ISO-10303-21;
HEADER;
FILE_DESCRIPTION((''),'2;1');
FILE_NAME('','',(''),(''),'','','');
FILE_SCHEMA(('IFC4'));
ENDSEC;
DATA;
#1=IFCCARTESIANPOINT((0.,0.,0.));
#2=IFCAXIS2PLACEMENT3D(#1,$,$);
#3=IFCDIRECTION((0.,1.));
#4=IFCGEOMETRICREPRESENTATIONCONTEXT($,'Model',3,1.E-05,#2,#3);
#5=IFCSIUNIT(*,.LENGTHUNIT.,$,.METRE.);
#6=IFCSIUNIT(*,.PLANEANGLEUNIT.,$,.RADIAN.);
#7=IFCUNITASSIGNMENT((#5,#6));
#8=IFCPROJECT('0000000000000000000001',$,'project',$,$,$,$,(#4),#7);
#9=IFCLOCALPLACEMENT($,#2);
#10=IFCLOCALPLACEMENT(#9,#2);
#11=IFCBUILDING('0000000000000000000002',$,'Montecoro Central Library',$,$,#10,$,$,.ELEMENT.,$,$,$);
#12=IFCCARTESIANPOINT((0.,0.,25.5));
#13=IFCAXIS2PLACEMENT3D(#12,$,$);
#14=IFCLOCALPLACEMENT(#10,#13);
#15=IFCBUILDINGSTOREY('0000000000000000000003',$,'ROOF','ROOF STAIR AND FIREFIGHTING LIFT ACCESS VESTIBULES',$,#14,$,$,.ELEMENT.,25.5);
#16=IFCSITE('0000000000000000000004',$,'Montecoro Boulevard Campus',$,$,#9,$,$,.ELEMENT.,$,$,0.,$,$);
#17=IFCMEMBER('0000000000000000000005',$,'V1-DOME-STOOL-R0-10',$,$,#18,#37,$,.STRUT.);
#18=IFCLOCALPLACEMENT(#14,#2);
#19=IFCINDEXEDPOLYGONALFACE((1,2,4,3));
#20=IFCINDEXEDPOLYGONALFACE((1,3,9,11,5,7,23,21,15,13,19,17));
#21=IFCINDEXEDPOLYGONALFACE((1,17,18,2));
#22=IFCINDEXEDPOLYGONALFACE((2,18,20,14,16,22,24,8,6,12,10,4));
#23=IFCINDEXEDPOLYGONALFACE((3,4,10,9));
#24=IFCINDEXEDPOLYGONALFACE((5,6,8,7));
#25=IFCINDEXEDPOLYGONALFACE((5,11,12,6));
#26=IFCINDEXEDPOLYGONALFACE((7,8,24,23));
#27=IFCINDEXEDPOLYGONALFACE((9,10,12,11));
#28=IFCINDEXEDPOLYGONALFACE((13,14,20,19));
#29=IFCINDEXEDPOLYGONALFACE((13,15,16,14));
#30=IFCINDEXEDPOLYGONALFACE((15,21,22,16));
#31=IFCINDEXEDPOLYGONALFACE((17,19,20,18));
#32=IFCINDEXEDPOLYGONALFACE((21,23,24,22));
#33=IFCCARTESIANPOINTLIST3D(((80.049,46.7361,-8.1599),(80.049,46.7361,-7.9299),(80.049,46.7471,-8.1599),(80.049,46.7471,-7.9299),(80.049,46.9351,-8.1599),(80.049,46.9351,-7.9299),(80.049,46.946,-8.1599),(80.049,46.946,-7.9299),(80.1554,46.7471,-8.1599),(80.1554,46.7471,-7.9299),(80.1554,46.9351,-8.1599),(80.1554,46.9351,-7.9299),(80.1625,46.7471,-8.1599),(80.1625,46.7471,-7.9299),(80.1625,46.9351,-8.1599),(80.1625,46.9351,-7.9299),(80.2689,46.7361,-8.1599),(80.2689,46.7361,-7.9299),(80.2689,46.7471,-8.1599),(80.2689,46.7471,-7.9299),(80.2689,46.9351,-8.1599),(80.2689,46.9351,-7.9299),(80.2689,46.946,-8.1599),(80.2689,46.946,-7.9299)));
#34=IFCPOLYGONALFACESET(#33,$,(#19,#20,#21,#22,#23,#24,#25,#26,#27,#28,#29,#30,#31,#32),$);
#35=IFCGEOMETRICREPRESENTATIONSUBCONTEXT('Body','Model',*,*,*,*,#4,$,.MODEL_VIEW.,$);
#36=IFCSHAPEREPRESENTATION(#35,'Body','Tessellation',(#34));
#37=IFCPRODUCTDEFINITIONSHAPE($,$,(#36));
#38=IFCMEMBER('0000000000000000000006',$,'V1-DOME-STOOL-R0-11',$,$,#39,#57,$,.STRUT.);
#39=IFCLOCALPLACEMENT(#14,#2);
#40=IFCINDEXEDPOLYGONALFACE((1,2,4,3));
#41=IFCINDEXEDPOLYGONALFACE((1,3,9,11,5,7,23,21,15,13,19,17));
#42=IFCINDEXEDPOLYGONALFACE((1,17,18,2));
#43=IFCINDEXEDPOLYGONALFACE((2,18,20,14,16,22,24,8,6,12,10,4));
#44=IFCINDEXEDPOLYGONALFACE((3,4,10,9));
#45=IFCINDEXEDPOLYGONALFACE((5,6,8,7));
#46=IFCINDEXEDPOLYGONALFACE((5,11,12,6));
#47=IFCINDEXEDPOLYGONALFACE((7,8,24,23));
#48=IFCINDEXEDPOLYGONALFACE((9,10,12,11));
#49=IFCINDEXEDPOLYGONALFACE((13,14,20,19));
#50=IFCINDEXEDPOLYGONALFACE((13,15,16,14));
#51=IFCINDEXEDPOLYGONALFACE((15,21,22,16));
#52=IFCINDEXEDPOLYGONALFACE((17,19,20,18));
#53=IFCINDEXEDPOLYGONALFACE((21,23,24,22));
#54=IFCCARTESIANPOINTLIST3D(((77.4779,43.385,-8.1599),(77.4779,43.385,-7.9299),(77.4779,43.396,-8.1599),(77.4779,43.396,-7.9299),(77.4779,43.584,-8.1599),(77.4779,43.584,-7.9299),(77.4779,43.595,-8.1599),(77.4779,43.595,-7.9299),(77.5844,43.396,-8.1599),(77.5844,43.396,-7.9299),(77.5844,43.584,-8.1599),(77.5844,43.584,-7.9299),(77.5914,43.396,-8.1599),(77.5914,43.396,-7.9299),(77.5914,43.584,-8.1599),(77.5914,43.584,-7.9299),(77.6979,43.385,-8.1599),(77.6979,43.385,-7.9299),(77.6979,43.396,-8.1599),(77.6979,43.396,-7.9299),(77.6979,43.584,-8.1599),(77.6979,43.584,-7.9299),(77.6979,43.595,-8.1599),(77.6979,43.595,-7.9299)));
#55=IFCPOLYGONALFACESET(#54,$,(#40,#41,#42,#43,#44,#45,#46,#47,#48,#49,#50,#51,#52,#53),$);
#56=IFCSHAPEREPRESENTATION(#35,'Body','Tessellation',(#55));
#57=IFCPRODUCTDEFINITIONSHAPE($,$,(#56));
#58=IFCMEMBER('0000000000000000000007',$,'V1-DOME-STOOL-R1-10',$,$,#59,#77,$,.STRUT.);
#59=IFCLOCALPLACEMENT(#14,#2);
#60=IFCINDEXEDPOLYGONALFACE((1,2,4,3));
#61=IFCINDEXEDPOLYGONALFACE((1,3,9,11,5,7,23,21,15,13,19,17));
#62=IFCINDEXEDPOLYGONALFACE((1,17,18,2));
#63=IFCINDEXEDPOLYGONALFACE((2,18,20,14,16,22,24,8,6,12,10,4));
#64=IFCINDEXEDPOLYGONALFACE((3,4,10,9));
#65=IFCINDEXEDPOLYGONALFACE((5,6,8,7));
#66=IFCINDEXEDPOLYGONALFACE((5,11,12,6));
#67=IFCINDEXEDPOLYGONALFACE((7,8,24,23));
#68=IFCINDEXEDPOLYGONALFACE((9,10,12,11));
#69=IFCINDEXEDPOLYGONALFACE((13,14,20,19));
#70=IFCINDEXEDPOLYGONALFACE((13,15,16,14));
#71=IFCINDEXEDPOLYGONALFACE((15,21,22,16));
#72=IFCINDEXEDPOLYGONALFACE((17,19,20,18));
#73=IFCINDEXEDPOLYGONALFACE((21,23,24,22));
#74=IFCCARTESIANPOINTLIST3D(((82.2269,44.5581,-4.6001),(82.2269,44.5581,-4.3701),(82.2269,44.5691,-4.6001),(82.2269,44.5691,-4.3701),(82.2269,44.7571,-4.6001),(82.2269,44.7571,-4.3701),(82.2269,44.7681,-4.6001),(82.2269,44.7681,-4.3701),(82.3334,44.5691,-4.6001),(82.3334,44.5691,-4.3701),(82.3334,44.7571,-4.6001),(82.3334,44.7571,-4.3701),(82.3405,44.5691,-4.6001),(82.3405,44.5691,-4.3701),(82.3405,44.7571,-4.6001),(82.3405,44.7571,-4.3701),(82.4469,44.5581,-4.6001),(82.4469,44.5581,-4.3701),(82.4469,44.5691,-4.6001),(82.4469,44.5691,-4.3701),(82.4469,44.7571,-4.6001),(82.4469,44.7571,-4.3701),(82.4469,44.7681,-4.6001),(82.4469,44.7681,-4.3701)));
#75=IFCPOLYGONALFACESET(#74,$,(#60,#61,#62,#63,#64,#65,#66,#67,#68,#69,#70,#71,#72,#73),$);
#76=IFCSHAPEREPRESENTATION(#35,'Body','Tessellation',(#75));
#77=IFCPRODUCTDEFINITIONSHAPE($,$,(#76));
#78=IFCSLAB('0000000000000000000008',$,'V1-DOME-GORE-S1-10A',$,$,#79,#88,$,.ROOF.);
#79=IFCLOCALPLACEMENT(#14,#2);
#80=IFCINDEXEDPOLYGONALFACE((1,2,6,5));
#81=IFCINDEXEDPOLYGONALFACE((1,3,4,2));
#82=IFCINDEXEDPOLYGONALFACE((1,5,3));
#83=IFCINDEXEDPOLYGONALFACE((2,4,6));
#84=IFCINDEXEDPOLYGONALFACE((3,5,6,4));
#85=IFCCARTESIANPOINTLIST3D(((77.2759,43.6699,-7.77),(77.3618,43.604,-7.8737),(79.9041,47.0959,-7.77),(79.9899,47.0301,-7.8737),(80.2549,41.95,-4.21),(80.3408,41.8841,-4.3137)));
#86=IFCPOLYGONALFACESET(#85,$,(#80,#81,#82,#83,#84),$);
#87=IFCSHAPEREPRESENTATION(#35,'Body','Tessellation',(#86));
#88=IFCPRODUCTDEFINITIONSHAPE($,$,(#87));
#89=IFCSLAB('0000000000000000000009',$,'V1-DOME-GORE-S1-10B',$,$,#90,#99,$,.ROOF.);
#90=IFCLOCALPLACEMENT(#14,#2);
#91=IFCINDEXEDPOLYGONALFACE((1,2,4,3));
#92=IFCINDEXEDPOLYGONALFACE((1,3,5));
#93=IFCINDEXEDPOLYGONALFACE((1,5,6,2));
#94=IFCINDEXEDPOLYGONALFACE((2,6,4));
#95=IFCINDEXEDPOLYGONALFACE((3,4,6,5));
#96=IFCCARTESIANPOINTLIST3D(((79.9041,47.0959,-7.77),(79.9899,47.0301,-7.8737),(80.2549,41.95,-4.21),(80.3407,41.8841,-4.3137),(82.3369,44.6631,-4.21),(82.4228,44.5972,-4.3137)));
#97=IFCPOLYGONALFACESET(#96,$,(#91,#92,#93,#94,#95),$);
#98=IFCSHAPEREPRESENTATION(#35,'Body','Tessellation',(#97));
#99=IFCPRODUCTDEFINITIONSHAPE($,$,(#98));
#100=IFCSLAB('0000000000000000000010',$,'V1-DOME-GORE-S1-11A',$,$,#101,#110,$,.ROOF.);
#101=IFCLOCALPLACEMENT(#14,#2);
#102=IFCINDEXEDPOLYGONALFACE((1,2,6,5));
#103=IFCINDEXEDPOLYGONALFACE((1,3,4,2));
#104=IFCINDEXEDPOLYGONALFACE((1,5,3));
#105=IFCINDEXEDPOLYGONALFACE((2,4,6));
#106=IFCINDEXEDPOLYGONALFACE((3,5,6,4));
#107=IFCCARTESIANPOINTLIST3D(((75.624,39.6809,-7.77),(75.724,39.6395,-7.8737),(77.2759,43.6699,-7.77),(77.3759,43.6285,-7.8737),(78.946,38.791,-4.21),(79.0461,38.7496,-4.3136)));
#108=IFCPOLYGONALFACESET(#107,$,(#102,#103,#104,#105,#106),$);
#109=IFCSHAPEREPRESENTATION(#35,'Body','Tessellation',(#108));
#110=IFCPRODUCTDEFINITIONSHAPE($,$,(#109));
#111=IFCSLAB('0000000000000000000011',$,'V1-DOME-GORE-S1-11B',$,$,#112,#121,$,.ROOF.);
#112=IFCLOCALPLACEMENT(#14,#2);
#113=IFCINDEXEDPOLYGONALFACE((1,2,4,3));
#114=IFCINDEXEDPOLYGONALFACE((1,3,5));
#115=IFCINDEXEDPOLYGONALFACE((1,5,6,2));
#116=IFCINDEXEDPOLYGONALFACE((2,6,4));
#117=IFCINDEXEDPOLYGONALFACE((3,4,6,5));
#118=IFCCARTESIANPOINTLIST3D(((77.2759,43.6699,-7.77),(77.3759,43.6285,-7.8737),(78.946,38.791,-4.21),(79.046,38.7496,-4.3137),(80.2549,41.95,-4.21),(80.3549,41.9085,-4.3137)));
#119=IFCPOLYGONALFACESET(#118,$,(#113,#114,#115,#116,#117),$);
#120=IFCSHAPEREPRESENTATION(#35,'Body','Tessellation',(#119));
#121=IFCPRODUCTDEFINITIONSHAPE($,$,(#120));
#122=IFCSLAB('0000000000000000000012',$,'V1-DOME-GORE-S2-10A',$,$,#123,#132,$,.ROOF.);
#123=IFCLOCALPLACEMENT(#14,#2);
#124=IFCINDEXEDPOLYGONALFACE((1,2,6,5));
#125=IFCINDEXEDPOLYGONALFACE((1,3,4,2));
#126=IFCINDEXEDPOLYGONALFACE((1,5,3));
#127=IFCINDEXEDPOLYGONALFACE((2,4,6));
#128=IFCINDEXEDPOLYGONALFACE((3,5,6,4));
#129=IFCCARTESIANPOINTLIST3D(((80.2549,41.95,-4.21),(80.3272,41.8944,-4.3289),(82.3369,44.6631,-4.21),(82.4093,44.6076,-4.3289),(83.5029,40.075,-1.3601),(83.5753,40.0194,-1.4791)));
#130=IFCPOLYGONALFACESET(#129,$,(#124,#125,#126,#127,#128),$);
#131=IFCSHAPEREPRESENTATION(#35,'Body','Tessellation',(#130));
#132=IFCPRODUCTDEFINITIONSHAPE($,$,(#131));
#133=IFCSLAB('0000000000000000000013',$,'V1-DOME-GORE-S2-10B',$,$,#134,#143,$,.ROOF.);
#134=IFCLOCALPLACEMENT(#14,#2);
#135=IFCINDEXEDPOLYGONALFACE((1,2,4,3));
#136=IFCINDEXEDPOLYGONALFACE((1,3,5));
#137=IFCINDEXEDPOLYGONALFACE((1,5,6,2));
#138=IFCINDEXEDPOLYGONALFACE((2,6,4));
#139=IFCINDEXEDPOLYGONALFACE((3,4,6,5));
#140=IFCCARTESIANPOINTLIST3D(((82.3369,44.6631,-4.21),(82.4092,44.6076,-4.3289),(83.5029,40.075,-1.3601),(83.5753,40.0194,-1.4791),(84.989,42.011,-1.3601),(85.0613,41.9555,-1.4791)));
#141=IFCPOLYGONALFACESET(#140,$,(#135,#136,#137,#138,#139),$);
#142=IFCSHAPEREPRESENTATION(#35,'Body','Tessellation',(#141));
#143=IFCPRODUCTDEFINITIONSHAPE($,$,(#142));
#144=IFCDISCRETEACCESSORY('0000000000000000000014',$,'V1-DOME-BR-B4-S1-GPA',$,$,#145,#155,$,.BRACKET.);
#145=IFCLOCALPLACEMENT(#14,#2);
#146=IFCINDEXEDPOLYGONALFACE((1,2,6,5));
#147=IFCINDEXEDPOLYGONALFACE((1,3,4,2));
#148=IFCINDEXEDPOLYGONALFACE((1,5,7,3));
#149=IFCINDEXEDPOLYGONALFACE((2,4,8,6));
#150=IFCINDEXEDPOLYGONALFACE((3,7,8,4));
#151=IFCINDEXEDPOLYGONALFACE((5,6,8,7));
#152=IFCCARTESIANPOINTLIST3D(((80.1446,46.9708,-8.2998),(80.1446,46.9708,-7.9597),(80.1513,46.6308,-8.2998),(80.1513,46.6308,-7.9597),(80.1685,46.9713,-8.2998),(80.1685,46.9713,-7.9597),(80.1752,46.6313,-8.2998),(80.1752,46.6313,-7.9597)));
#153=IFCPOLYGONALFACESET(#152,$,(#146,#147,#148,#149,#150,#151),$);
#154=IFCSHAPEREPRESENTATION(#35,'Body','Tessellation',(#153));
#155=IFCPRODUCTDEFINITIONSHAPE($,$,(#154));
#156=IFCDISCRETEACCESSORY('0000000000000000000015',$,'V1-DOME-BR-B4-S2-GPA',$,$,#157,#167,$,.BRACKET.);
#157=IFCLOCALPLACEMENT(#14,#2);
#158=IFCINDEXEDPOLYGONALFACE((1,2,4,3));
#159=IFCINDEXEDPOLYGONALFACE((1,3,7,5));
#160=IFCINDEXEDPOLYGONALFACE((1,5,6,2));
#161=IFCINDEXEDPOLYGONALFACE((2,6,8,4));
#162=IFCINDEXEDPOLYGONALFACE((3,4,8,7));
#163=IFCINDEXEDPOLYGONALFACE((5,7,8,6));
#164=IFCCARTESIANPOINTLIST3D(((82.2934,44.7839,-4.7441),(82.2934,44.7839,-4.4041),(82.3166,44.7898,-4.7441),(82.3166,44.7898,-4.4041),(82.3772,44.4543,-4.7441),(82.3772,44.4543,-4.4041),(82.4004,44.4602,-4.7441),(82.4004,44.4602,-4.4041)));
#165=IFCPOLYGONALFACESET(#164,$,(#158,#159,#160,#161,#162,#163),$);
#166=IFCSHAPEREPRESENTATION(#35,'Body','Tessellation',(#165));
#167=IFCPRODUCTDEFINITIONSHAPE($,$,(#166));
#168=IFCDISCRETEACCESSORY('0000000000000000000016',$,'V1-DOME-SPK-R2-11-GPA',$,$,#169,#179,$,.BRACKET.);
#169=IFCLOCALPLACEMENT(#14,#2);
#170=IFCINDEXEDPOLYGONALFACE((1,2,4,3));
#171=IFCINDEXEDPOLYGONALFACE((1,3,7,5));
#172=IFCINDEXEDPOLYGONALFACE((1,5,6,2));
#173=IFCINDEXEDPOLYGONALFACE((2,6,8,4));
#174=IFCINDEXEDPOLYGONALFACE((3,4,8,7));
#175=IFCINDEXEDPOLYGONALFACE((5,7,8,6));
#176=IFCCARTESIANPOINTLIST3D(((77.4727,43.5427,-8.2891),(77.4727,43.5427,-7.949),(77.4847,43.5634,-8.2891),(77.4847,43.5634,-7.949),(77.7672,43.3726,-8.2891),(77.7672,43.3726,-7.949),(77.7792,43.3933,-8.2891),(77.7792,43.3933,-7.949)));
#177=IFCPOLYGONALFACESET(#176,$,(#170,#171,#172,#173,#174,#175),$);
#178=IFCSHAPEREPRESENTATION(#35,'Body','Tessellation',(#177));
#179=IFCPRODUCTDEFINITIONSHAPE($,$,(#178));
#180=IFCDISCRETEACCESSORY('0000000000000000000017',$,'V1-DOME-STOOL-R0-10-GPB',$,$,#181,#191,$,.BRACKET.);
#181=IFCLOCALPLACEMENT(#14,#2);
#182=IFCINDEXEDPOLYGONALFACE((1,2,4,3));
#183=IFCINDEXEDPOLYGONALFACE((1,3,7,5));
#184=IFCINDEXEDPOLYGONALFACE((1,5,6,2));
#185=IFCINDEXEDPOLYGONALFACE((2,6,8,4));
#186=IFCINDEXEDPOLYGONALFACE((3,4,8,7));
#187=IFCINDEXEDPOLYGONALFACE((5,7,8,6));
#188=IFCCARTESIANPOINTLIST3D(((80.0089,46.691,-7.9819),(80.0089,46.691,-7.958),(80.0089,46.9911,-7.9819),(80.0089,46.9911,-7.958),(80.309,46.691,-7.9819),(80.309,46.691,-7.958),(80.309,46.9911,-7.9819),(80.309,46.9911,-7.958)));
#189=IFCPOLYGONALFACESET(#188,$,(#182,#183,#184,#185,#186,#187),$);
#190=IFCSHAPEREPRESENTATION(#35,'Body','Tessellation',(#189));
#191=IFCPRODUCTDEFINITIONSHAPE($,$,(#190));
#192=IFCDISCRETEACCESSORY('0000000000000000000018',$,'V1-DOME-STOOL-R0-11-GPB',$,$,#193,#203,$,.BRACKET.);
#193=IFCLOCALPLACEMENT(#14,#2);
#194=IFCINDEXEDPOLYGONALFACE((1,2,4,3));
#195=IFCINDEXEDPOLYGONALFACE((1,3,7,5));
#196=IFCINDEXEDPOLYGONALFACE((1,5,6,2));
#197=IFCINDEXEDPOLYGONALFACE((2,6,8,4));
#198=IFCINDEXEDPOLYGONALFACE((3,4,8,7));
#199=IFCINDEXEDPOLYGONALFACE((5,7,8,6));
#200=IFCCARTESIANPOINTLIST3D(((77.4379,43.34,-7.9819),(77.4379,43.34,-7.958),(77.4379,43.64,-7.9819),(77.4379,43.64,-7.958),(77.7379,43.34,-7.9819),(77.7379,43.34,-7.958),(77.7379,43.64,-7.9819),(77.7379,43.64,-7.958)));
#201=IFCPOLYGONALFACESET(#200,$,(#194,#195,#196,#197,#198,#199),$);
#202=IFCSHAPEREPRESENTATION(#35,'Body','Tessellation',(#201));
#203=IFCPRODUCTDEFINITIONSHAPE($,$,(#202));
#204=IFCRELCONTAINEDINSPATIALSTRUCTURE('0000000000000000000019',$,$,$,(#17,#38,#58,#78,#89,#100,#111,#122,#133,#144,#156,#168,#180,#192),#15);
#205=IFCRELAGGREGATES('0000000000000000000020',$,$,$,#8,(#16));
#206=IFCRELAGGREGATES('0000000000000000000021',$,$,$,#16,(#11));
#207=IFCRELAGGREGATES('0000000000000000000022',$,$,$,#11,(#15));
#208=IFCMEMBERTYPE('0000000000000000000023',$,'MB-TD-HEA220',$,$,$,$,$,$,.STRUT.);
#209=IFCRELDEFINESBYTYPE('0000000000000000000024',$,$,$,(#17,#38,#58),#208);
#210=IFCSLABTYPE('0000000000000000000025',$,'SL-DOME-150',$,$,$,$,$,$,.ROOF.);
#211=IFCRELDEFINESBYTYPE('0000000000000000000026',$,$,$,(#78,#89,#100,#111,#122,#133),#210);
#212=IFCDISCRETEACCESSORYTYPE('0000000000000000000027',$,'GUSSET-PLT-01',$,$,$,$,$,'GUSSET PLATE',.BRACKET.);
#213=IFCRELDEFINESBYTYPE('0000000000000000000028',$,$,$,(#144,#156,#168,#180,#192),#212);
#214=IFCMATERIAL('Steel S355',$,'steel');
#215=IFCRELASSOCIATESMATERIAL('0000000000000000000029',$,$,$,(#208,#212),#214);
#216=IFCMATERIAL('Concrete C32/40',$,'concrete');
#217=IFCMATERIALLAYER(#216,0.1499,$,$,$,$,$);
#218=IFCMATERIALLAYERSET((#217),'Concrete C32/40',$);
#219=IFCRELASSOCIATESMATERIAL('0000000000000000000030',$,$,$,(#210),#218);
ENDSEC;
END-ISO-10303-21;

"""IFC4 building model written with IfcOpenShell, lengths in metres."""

from ifc_helpers import new_model, si_unit, direction, frame, origin, origin_2d, place, context, subcontext, project, spatial, polyline, rectangle, i_section, outline, extrude, material, layer, layer_set, material_profile, profile_set, type_object, element, save


model = new_model("IFC4")

# Units and contexts
model_context = context("Model", 3, precision=1e-05, world=origin(), true_north=direction((0.0, 1.0)))
body_context = subcontext(model_context, "Body", "Model", "MODEL_VIEW")
ifc_project = project(units=[si_unit("LENGTHUNIT", "METRE"), si_unit("PLANEANGLEUNIT", "RADIAN")], contexts=[model_context])

# Site, building, storey
site_placement = place(None, origin())
site = spatial("IfcSite", under=ifc_project, at=site_placement, Name="Montecoro Boulevard Campus", CompositionType="ELEMENT", RefElevation=0.0)
building_placement = place(site_placement, origin())
building = spatial("IfcBuilding", under=site, at=building_placement, Name="Montecoro Central Library", CompositionType="ELEMENT")
storey_placement = place(building_placement, frame((0.0, 0.0, 25.5)))
storey = spatial("IfcBuildingStorey", under=building, at=storey_placement, Name="ROOF", Description="ROOF STAIR AND FIREFIGHTING LIFT ACCESS VESTIBULES", CompositionType="ELEMENT", Elevation=25.5)

# Members
ifc_material_1 = material(Name="Steel S355", Category="steel")
ifc_material_profile_1 = material_profile(ifc_material_1, i_section(OverallWidth=0.22, OverallDepth=0.21, WebThickness=0.0071, FlangeThickness=0.011, at=origin_2d()), Name="HEA 220")
ifc_profile_set_1 = profile_set([ifc_material_profile_1], Name="Steel S355")
member_type_1 = type_object("IfcMemberType", Name="MB-TD-HEA220", PredefinedType="STRUT", material=ifc_profile_set_1)
for number, where, z_axis, x_axis, name in (
    (1, (80.1589, 46.8411, -8.1599), (0.0, 0.0, 1.0), (1.0, 0.0, 0.0), "V1-DOME-STOOL-R0-10"),
    (2, (77.5879, 43.49, -8.1599), (0.0, 0.0, 1.0), (1.0, 0.0, 0.0), "V1-DOME-STOOL-R0-11"),
    (3, (82.3369, 44.6631, -4.6001), (0.0, 0.0, 1.0), (1.0, 0.0, 0.0), "V1-DOME-STOOL-R1-10"),
):
    element("IfcMember", number, at=place(storey_placement, frame(where, z_axis=z_axis, x_axis=x_axis)), inside=storey, type_object=member_type_1, Name=name, PredefinedType="STRUT", context=body_context, shape_type="SweptSolid", body=[
        extrude(i_section(OverallWidth=0.22, OverallDepth=0.21, WebThickness=0.0071, FlangeThickness=0.011, at=origin_2d()), origin(), (0.0, 0.0, 1.0), 0.23),
    ])

# Slabs
ifc_material_2 = material(Name="Concrete C32/40", Category="concrete")
ifc_layer = layer(ifc_material_2, 0.1499)
ifc_layer_set = layer_set([ifc_layer], Name="Concrete C32/40")
slab_type = type_object("IfcSlabType", Name="SL-DOME-150", PredefinedType="ROOF", material=ifc_layer_set)
slab_1_placement = place(storey_placement, frame((79.9041, 47.0959, -7.77), z_axis=(-0.572946, 0.439519, 0.691777), x_axis=(-0.608658, -0.793433, 0.0)))
element("IfcSlab", 4, at=slab_1_placement, inside=storey, type_object=slab_type, Name="V1-DOME-GORE-S1-10A", PredefinedType="ROOF", context=body_context, shape_type="SweptSolid", body=[
    extrude(outline(polyline([(0.0, 0.0), (4.318, 0.0), (3.8695, 4.9301), (0.0, 0.0)])), origin(), (0.0, 0.0, -1.0), 0.1499),
])
slab_2_placement = place(storey_placement, frame((79.9041, 47.0959, -7.77), z_axis=(-0.572819, 0.439575, 0.691847), x_axis=(0.055978, -0.821094, 0.568042)))
element("IfcSlab", 5, at=slab_2_placement, inside=storey, type_object=slab_type, Name="V1-DOME-GORE-S1-10B", PredefinedType="ROOF", context=body_context, shape_type="SweptSolid", body=[
    extrude(outline(polyline([(0.0, 0.0), (6.2672, 0.0), (4.1561, 2.6905), (0.0, 0.0)])), origin(), (0.0, 0.0, -1.0), 0.1499),
])
slab_3_placement = place(storey_placement, frame((77.2759, 43.6699, -7.77), z_axis=(-0.667242, 0.276306, 0.691695), x_axis=(-0.382595, -0.923916, 0.0)))
element("IfcSlab", 6, at=slab_3_placement, inside=storey, type_object=slab_type, Name="V1-DOME-GORE-S1-11A", PredefinedType="ROOF", context=body_context, shape_type="SweptSolid", body=[
    extrude(outline(polyline([(0.0, 0.0), (4.3175, 0.0), (3.8687, 4.9295), (0.0, 0.0)])), origin(), (0.0, 0.0, -1.0), 0.1499),
])
slab_4_placement = place(storey_placement, frame((77.2759, 43.6699, -7.77), z_axis=(-0.667118, 0.276406, 0.691775), x_axis=(0.266529, -0.778588, 0.568123)))
element("IfcSlab", 7, at=slab_4_placement, inside=storey, type_object=slab_type, Name="V1-DOME-GORE-S1-11B", PredefinedType="ROOF", context=body_context, shape_type="SweptSolid", body=[
    extrude(outline(polyline([(0.0, 0.0), (6.2664, 0.0), (4.1557, 2.6902), (0.0, 0.0)])), origin(), (0.0, 0.0, -1.0), 0.1499),
])
slab_5_placement = place(storey_placement, frame((82.3369, 44.6631, -4.21), z_axis=(-0.4826, 0.370342, 0.79369), x_axis=(-0.608793, -0.793329, 0.0)))
element("IfcSlab", 8, at=slab_5_placement, inside=storey, type_object=slab_type, Name="V1-DOME-GORE-S2-10A", PredefinedType="ROOF", context=body_context, shape_type="SweptSolid", body=[
    extrude(outline(polyline([(0.0, 0.0), (3.4199, 0.0), (2.93, 4.6848), (0.0, 0.0)])), origin(), (0.0, 0.0, -1.0), 0.1499),
])
slab_6_placement = place(storey_placement, frame((82.3369, 44.6631, -4.21), z_axis=(-0.482523, 0.37038, 0.793719), x_axis=(0.211021, -0.830342, 0.515755)))
element("IfcSlab", 9, at=slab_6_placement, inside=storey, type_object=slab_type, Name="V1-DOME-GORE-S2-10B", PredefinedType="ROOF", context=body_context, shape_type="SweptSolid", body=[
    extrude(outline(polyline([(0.0, 0.0), (5.5256, 0.0), (4.2316, 2.0694), (0.0, 0.0)])), origin(), (0.0, 0.0, -1.0), 0.1499),
])

# Discrete accessories
discrete_accessory_type = type_object("IfcDiscreteAccessoryType", Name="GUSSET-PLT-01", ElementType="GUSSET PLATE", PredefinedType="BRACKET", material=ifc_material_1)
for number, where, z_axis, x_axis, name in (
    (10, (80.1599, 46.801, -8.2998), (0.0, 0.0, 1.0), (0.019721, -0.999806, 0.0), "V1-DOME-BR-B4-S1-GPA"),
    (11, (82.3469, 44.6221, -4.7441), (0.0, 0.0, 1.0), (0.246322, -0.969188, 0.0), "V1-DOME-BR-B4-S2-GPA"),
    (12, (77.626, 43.468, -8.2891), (0.0, 0.0, 1.0), (0.865938, -0.500151, 0.0), "V1-DOME-SPK-R2-11-GPA"),
):
    element("IfcDiscreteAccessory", number, at=place(storey_placement, frame(where, z_axis=z_axis, x_axis=x_axis)), inside=storey, type_object=discrete_accessory_type, Name=name, PredefinedType="BRACKET", context=body_context, shape_type="SweptSolid", body=[
        extrude(rectangle(XDim=0.3401, YDim=0.0239, at=origin_2d()), origin(), (0.0, 0.0, 1.0), 0.3401),
    ])
for number, where, z_axis, x_axis, name in (
    (13, (80.1589, 46.8411, -7.9819), (0.0, 0.0, 1.0), (1.0, 0.0, 0.0), "V1-DOME-STOOL-R0-10-GPB"),
    (14, (77.5879, 43.49, -7.9819), (0.0, 0.0, 1.0), (1.0, 0.0, 0.0), "V1-DOME-STOOL-R0-11-GPB"),
):
    element("IfcDiscreteAccessory", number, at=place(storey_placement, frame(where, z_axis=z_axis, x_axis=x_axis)), inside=storey, type_object=discrete_accessory_type, Name=name, PredefinedType="BRACKET", context=body_context, shape_type="SweptSolid", body=[
        extrude(rectangle(XDim=0.3, YDim=0.3, at=origin_2d()), origin(), (0.0, 0.0, 1.0), 0.0239),
    ])

save(model, "model.ifc")
